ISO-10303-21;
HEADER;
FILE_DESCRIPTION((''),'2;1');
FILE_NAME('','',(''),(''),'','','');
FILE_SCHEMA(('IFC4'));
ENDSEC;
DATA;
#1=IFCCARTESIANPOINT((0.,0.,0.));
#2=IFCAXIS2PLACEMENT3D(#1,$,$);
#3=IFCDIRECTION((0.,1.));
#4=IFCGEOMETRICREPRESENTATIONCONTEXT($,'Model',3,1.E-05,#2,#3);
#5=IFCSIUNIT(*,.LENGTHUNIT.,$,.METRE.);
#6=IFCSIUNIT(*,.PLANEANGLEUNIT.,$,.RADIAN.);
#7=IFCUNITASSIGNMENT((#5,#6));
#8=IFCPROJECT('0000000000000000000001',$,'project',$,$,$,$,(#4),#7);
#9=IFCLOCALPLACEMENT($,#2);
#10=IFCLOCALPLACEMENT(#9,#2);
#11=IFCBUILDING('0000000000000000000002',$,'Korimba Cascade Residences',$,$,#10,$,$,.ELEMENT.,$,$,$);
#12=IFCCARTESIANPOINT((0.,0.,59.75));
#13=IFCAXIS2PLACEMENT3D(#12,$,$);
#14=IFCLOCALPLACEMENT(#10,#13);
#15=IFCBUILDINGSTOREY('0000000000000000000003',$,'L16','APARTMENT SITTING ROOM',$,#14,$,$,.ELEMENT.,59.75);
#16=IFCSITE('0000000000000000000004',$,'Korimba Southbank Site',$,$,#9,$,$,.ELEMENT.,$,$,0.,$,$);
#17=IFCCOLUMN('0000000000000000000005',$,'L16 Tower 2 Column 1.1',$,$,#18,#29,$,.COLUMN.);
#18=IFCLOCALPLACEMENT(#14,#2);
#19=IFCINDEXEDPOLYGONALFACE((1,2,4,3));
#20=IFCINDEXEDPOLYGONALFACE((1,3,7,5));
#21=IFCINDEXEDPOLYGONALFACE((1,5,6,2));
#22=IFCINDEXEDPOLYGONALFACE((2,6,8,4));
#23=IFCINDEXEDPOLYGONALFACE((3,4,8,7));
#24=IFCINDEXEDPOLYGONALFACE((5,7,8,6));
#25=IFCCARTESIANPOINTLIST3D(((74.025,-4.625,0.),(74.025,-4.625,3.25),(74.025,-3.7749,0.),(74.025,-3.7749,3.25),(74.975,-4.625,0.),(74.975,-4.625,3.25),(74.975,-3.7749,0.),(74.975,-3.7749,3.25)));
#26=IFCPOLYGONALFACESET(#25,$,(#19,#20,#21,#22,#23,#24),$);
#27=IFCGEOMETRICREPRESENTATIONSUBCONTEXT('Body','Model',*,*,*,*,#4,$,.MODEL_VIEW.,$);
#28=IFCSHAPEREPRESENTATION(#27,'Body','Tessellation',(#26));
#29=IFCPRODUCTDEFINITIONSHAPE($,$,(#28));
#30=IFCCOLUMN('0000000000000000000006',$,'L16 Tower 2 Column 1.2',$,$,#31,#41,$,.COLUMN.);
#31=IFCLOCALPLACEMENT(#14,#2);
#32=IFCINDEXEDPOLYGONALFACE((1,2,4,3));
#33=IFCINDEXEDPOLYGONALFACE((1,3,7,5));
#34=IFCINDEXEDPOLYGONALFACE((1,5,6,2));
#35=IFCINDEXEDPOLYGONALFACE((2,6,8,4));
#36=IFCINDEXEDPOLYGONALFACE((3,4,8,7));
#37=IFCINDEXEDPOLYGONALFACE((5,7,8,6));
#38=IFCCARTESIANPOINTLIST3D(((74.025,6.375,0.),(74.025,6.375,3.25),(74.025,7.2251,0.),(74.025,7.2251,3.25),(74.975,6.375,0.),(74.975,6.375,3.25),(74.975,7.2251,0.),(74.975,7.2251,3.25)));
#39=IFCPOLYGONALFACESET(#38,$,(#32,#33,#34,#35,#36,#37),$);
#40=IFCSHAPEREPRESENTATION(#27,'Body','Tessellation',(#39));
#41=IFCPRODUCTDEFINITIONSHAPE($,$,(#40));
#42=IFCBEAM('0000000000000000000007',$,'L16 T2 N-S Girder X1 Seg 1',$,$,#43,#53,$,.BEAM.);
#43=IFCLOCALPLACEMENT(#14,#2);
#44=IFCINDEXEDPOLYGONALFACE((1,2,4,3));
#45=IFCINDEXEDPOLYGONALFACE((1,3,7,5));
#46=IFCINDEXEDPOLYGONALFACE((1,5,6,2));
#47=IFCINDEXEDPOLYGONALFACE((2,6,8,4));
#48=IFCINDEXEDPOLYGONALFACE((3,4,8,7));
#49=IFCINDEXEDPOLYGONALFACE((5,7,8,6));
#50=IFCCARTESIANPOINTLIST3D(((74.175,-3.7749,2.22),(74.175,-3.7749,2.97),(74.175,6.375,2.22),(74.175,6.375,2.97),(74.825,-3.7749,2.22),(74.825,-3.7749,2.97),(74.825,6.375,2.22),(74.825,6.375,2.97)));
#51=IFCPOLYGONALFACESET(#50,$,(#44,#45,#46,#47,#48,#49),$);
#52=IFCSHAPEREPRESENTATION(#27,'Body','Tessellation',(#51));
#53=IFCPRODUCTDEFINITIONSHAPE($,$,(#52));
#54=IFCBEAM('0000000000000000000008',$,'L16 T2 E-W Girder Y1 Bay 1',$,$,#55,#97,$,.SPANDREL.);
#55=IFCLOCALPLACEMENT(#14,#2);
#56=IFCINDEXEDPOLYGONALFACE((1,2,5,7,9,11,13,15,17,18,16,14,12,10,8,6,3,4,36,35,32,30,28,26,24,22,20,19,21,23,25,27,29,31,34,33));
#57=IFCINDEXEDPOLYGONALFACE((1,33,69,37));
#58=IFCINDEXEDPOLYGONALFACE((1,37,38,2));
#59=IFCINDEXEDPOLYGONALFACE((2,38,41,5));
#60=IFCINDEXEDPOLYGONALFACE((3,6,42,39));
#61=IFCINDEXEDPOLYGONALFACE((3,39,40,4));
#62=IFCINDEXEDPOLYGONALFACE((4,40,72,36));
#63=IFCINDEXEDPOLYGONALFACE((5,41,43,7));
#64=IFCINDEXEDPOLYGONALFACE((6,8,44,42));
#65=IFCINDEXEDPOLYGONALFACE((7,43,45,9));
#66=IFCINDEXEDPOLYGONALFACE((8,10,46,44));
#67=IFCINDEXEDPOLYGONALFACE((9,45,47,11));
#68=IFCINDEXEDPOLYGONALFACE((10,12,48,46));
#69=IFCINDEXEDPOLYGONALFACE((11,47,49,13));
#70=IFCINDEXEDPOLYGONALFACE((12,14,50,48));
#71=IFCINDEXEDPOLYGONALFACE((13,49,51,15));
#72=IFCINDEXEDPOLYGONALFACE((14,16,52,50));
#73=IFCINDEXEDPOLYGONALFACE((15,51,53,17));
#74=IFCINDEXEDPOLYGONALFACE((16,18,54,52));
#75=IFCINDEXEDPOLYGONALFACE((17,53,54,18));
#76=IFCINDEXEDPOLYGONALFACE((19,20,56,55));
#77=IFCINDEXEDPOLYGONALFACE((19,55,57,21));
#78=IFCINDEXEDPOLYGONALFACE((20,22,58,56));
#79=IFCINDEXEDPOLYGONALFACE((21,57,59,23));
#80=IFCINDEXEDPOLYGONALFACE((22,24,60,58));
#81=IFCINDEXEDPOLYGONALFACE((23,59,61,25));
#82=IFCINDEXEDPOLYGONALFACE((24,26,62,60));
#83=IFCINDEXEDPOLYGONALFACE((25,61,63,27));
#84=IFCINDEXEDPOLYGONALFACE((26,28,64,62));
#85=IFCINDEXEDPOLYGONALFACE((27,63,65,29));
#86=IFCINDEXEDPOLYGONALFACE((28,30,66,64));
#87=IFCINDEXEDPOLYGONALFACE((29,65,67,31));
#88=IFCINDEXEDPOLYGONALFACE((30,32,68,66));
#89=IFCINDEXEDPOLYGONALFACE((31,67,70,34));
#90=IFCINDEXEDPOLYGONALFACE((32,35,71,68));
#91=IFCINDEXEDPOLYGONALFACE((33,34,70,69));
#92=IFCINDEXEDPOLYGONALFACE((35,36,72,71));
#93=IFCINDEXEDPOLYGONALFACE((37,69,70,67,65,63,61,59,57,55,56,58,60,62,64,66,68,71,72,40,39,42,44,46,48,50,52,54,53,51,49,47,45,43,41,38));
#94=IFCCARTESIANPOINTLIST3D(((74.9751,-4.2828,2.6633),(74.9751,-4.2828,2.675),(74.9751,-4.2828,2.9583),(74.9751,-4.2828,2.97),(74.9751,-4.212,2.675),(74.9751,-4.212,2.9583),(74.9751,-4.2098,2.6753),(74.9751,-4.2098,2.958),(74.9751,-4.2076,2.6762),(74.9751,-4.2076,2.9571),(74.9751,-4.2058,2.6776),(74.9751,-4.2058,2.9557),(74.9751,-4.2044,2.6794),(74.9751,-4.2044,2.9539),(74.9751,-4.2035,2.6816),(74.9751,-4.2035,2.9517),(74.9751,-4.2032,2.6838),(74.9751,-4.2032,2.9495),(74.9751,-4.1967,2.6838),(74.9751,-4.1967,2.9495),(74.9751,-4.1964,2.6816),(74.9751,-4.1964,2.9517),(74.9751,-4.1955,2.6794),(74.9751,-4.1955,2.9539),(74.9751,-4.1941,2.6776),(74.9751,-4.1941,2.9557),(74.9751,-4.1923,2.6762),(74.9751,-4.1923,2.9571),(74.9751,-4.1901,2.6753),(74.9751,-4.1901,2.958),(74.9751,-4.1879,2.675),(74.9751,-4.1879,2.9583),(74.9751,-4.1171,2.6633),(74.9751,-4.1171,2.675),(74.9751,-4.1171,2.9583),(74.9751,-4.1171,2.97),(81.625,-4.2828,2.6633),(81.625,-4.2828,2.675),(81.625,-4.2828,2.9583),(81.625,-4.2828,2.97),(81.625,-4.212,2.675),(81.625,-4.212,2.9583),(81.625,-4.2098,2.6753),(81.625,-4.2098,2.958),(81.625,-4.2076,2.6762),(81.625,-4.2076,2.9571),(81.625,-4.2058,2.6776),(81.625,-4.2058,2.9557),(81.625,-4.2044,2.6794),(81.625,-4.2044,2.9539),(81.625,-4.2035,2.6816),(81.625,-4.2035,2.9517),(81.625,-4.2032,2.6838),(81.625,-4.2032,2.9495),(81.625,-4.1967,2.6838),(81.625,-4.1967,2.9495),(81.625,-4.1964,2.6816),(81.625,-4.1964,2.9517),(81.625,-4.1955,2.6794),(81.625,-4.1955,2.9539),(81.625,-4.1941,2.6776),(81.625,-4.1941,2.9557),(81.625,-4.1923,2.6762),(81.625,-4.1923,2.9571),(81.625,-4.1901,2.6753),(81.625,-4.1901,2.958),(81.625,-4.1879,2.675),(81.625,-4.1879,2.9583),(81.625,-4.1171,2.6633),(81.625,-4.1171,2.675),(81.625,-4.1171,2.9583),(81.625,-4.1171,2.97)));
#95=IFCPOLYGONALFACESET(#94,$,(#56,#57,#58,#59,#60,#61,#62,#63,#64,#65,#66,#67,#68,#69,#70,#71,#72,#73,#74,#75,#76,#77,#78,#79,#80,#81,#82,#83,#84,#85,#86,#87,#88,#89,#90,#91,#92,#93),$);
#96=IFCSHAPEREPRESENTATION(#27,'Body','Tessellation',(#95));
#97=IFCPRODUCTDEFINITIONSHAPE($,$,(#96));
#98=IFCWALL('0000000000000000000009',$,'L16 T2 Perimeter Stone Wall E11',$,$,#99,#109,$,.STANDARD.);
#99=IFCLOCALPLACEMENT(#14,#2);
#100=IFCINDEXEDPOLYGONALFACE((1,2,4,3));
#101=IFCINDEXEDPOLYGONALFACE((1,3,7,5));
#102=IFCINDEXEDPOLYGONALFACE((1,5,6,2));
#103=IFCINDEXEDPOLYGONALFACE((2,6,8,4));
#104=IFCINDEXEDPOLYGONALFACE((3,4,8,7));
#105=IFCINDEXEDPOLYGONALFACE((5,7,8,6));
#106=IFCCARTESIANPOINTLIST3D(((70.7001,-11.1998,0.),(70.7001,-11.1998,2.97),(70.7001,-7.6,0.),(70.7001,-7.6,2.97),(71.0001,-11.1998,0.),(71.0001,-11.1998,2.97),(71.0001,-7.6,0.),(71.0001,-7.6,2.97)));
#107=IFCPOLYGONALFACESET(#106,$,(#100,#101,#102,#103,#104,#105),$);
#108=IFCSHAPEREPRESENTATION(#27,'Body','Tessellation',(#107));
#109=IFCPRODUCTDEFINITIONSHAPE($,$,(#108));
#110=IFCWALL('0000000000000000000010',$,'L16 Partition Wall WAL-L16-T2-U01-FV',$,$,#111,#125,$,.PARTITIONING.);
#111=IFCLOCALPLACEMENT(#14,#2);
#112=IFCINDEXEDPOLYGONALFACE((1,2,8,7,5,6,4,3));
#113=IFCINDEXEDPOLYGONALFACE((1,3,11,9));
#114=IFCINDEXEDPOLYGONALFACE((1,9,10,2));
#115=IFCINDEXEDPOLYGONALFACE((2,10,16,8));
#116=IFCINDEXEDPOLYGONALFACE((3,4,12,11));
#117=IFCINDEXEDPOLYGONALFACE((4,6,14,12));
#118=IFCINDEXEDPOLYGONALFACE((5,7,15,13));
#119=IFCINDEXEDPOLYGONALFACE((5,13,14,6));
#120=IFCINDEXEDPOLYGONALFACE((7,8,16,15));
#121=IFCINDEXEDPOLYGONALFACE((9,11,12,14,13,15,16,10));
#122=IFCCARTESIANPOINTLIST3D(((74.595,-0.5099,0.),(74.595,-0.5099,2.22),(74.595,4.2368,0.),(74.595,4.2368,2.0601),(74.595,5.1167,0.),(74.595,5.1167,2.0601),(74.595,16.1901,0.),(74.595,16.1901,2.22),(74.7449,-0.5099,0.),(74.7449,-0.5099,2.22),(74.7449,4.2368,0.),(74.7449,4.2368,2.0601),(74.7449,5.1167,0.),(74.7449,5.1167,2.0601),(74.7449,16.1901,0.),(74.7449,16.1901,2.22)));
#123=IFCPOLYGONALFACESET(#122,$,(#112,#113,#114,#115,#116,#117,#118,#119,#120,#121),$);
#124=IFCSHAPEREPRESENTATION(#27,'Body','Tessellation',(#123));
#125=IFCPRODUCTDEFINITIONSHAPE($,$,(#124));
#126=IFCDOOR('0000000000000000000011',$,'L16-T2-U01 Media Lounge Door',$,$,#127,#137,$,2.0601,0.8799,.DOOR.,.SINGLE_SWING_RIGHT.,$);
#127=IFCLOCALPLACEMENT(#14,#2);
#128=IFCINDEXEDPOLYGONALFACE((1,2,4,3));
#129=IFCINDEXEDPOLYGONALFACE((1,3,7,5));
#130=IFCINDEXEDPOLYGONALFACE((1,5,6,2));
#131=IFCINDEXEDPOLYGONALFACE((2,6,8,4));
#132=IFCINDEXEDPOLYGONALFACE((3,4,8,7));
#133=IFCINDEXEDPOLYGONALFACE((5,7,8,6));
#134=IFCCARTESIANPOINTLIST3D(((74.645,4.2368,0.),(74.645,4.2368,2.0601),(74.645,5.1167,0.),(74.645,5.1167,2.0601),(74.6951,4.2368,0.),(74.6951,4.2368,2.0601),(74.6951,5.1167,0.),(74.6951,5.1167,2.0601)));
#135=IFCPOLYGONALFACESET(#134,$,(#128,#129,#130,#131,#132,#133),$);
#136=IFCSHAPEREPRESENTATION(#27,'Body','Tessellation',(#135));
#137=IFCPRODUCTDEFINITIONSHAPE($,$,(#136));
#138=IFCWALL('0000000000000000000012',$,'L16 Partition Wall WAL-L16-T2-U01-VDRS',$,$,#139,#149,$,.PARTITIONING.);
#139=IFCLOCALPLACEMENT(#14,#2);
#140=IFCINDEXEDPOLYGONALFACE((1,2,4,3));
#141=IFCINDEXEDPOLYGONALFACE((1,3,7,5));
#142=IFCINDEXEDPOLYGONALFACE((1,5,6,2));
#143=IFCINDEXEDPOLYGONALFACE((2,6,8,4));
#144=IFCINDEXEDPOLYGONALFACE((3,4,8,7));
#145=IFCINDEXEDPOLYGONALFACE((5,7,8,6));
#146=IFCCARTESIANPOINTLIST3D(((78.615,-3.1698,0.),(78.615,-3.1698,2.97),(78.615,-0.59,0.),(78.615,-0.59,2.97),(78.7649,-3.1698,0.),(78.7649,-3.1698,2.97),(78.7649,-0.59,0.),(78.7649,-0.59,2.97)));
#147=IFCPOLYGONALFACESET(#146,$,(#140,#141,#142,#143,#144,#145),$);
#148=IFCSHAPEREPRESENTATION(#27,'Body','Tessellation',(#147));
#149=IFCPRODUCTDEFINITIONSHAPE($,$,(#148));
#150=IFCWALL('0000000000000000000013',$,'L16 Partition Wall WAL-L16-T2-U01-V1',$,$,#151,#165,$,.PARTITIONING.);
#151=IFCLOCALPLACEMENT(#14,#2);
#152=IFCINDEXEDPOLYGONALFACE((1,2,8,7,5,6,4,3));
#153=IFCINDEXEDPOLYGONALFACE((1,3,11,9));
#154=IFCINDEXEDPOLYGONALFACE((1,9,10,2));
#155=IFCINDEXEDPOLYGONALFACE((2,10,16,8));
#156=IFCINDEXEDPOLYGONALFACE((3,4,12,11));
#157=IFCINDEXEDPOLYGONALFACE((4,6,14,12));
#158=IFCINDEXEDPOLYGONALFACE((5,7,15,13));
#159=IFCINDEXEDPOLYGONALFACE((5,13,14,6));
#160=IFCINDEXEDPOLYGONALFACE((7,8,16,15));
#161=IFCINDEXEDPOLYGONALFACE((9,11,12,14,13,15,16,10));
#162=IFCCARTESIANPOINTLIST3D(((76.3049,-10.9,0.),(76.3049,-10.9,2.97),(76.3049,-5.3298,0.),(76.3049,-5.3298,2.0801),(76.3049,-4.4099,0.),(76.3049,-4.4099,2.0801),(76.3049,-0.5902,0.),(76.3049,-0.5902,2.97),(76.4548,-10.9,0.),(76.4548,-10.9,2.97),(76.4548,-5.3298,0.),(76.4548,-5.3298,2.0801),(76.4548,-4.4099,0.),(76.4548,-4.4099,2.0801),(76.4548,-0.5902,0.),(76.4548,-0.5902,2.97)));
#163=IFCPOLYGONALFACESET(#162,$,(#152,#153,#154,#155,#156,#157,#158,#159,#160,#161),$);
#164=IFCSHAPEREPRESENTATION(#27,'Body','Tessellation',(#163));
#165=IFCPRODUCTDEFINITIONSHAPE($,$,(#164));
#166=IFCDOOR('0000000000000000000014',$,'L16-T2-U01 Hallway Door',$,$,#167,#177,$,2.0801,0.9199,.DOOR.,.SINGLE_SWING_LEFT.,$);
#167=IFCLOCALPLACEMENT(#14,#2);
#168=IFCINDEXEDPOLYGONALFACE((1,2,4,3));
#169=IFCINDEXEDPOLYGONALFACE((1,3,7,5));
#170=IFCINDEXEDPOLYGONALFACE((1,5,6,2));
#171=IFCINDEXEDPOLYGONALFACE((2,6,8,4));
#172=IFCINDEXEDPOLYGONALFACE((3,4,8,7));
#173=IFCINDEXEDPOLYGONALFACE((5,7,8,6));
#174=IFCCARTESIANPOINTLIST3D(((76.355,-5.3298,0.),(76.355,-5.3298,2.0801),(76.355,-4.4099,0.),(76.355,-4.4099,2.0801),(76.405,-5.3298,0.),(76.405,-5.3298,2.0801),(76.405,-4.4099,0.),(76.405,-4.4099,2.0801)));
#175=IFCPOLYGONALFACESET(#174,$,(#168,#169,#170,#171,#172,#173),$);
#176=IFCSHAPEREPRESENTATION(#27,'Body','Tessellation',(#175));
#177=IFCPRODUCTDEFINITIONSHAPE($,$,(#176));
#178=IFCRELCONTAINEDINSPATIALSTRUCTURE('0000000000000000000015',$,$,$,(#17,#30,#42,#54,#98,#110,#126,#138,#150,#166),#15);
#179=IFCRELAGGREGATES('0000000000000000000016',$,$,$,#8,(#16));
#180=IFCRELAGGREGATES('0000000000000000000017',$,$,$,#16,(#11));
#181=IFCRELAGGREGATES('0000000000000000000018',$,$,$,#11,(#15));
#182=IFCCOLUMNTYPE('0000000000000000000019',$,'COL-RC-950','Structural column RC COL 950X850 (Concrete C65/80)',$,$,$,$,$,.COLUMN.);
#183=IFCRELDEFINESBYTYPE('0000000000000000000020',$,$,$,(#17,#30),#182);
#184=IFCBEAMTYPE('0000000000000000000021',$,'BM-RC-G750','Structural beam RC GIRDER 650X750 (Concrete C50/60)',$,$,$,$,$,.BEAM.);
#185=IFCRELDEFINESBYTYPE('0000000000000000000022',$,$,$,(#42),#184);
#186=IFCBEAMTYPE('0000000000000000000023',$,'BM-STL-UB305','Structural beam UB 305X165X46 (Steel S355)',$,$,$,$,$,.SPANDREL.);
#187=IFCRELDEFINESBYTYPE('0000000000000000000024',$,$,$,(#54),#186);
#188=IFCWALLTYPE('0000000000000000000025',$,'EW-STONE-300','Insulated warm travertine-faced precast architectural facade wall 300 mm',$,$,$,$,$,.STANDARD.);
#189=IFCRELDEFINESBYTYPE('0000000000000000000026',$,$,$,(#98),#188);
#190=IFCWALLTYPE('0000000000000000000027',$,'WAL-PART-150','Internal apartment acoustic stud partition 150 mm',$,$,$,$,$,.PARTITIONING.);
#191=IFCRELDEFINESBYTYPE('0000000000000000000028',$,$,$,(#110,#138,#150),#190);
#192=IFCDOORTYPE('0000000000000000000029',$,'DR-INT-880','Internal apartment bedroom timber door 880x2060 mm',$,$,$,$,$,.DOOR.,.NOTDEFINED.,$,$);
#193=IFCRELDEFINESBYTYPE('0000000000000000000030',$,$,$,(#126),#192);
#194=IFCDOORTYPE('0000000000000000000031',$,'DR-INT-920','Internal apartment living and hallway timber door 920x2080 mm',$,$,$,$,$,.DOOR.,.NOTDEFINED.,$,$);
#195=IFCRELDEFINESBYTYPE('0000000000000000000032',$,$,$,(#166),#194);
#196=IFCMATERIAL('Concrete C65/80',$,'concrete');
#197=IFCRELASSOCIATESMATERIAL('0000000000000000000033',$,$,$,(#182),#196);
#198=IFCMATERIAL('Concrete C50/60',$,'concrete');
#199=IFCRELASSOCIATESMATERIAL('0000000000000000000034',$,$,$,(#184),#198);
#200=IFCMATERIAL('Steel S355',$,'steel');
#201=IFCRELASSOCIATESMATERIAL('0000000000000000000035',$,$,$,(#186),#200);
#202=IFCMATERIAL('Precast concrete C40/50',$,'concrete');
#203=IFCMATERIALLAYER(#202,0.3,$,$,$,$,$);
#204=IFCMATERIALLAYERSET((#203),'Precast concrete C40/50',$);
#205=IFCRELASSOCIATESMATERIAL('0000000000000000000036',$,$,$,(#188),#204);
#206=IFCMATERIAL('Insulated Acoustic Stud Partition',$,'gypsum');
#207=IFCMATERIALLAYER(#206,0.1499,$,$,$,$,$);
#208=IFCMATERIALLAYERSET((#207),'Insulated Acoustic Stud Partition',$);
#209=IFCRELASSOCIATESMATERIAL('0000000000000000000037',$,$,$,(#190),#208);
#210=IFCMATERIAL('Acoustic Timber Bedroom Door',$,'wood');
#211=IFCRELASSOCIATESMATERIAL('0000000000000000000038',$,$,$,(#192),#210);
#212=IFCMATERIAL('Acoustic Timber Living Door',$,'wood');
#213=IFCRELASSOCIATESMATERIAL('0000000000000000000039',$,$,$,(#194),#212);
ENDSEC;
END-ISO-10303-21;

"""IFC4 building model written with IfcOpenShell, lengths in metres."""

from ifc_helpers import new_model, si_unit, direction, frame, frame_2d, origin, origin_2d, place, context, subcontext, project, spatial, rectangle, i_section, extrude, material, layer, layer_set, material_profile, profile_set, type_object, element, fill, save


model = new_model("IFC4")

# Units and contexts
model_context = context("Model", 3, precision=1e-05, world=origin(), true_north=direction((0.0, 1.0)))
body_context = subcontext(model_context, "Body", "Model", "MODEL_VIEW")
ifc_project = project(units=[si_unit("LENGTHUNIT", "METRE"), si_unit("PLANEANGLEUNIT", "RADIAN")], contexts=[model_context])

# Site, building, storey
site_placement = place(None, origin())
site = spatial("IfcSite", under=ifc_project, at=site_placement, Name="Korimba Southbank Site", CompositionType="ELEMENT", RefElevation=0.0)
building_placement = place(site_placement, origin())
building = spatial("IfcBuilding", under=site, at=building_placement, Name="Korimba Cascade Residences", CompositionType="ELEMENT")
storey_placement = place(building_placement, frame((0.0, 0.0, 59.75)))
storey = spatial("IfcBuildingStorey", under=building, at=storey_placement, Name="L16", Description="APARTMENT SITTING ROOM", CompositionType="ELEMENT", Elevation=59.75)

# Columns
ifc_material_1 = material(Name="Concrete C65/80", Category="concrete")
ifc_material_profile_1 = material_profile(ifc_material_1, rectangle(XDim=0.95, YDim=0.8501, at=origin_2d()), Name="Concrete C65/80")
ifc_profile_set_1 = profile_set([ifc_material_profile_1], Name="Concrete C65/80")
column_type = type_object("IfcColumnType", Name="COL-RC-950", Description="Structural column RC COL 950X850 (Concrete C65/80)", PredefinedType="COLUMN", material=ifc_profile_set_1)
for number, where, z_axis, x_axis, name in (
    (1, (74.5, -4.2, 0.0), (0.0, 0.0, 1.0), (1.0, 0.0, 0.0), "L16 Tower 2 Column 1.1"),
    (2, (74.5, 6.8, 0.0), (0.0, 0.0, 1.0), (1.0, 0.0, 0.0), "L16 Tower 2 Column 1.2"),
):
    element("IfcColumn", number, at=place(storey_placement, frame(where, z_axis=z_axis, x_axis=x_axis)), inside=storey, type_object=column_type, Name=name, PredefinedType="COLUMN", context=body_context, shape_type="SweptSolid", body=[
        extrude(rectangle(XDim=0.95, YDim=0.8501, at=origin_2d()), origin(), (0.0, 0.0, 1.0), 3.25),
    ])

# Beams
ifc_material_2 = material(Name="Concrete C50/60", Category="concrete")
ifc_material_profile_2 = material_profile(ifc_material_2, rectangle(XDim=0.6499, YDim=0.75, at=origin_2d()), Name="Concrete C50/60")
ifc_profile_set_2 = profile_set([ifc_material_profile_2], Name="Concrete C50/60")
beam_type_1 = type_object("IfcBeamType", Name="BM-RC-G750", Description="Structural beam RC GIRDER 650X750 (Concrete C50/60)", PredefinedType="BEAM", material=ifc_profile_set_2)
beam_1_placement = place(storey_placement, frame((74.5, -3.7749, 2.595), z_axis=(0.0, 1.0, 0.0), x_axis=(-1.0, 0.0, 0.0)))
element("IfcBeam", 3, at=beam_1_placement, inside=storey, type_object=beam_type_1, Name="L16 T2 N-S Girder X1 Seg 1", PredefinedType="BEAM", context=body_context, shape_type="SweptSolid", body=[
    extrude(rectangle(XDim=0.6499, YDim=0.75, at=origin_2d()), origin(), (0.0, 0.0, 1.0), 10.1499),
])
ifc_material_3 = material(Name="Steel S355", Category="steel")
ifc_material_profile_3 = material_profile(ifc_material_3, i_section(OverallWidth=0.1658, OverallDepth=0.3066, WebThickness=0.0066, FlangeThickness=0.0117, FilletRadius=0.0088, at=origin_2d()), Name="Steel S355")
ifc_profile_set_3 = profile_set([ifc_material_profile_3], Name="Steel S355")
beam_type_2 = type_object("IfcBeamType", Name="BM-STL-UB305", Description="Structural beam UB 305X165X46 (Steel S355)", PredefinedType="SPANDREL", material=ifc_profile_set_3)
beam_2_placement = place(storey_placement, frame((74.9751, -4.2, 2.8167), z_axis=(1.0, 0.0, 0.0), x_axis=(0.0, 1.0, 0.0)))
element("IfcBeam", 4, at=beam_2_placement, inside=storey, type_object=beam_type_2, Name="L16 T2 E-W Girder Y1 Bay 1", PredefinedType="SPANDREL", context=body_context, shape_type="SweptSolid", body=[
    extrude(i_section(OverallWidth=0.1658, OverallDepth=0.3066, WebThickness=0.0066, FlangeThickness=0.0117, FilletRadius=0.0088, at=origin_2d()), origin(), (0.0, 0.0, 1.0), 6.6499),
])

# Wall
ifc_material_4 = material(Name="Precast concrete C40/50", Category="concrete")
ifc_layer_1 = layer(ifc_material_4, 0.3)
ifc_layer_set_1 = layer_set([ifc_layer_1], Name="Precast concrete C40/50")
wall_type_1 = type_object("IfcWallType", Name="EW-STONE-300", Description="Insulated warm travertine-faced precast architectural facade wall 300 mm", PredefinedType="STANDARD", material=ifc_layer_set_1)
wall_1_placement = place(storey_placement, frame((70.8501, -7.6001, 0.0), z_axis=(0.0, 0.0, 1.0), x_axis=(0.0, -1.0, 0.0)))
element("IfcWall", 5, at=wall_1_placement, inside=storey, type_object=wall_type_1, Name="L16 T2 Perimeter Stone Wall E11", PredefinedType="STANDARD", context=body_context, shape_type="SweptSolid", body=[
    extrude(rectangle(XDim=3.5999, YDim=0.3, at=frame_2d((1.7998, 0.0))), origin(), (0.0, 0.0, 1.0), 2.97),
])

# Wall, opening, door
ifc_material_5 = material(Name="Insulated Acoustic Stud Partition", Category="gypsum")
ifc_layer_2 = layer(ifc_material_5, 0.1499)
ifc_layer_set_2 = layer_set([ifc_layer_2], Name="Insulated Acoustic Stud Partition")
wall_type_2 = type_object("IfcWallType", Name="WAL-PART-150", Description="Internal apartment acoustic stud partition 150 mm", PredefinedType="PARTITIONING", material=ifc_layer_set_2)
wall_2_placement = place(storey_placement, frame((74.6699, -0.51, 0.0), z_axis=(0.0, 0.0, 1.0), x_axis=(0.0, 1.0, 0.0)))
wall_2 = element("IfcWall", 6, at=wall_2_placement, inside=storey, type_object=wall_type_2, Name="L16 Partition Wall WAL-L16-T2-U01-FV", PredefinedType="PARTITIONING", context=body_context, shape_type="SweptSolid", body=[
    extrude(rectangle(XDim=16.7, YDim=0.1499, at=frame_2d((8.3501, 0.0))), origin(), (0.0, 0.0, 1.0), 2.22),
])
opening_1_placement = place(wall_2_placement, frame((4.7468, 0.0, 0.0)))
opening_1 = element("IfcOpeningElement", 7, at=opening_1_placement, cuts=wall_2, PredefinedType="OPENING", context=body_context, shape_type="SweptSolid", body=[
    extrude(rectangle(XDim=0.8799, YDim=2.0601, at=frame_2d((0.4399, 1.03))), frame((0.0, 0.085, 0.0), z_axis=(0.0, -1.0, 0.0), x_axis=(1.0, 0.0, 0.0)), (0.0, 0.0, 1.0), 0.1699),
])
ifc_material_6 = material(Name="Acoustic Timber Bedroom Door", Category="wood")
door_type_1 = type_object("IfcDoorType", Name="DR-INT-880", Description="Internal apartment bedroom timber door 880x2060 mm", OperationType="NOTDEFINED", PredefinedType="DOOR", material=ifc_material_6)
door_1_placement = place(opening_1_placement, origin())
door_1 = element("IfcDoor", 8, at=door_1_placement, inside=storey, type_object=door_type_1, Name="L16-T2-U01 Media Lounge Door", OperationType="SINGLE_SWING_RIGHT", OverallHeight=2.0601, OverallWidth=0.8799, PredefinedType="DOOR", context=body_context, shape_type="SweptSolid", body=[
    extrude(rectangle(XDim=0.8799, YDim=2.0601, at=frame_2d((0.4399, 1.03))), frame((0.0, 0.0249, 0.0), z_axis=(0.0, -1.0, 0.0), x_axis=(1.0, 0.0, 0.0)), (0.0, 0.0, 1.0), 0.05),
])
fill(opening_1, door_1)

# Wall
wall_3_placement = place(storey_placement, frame((78.6899, -3.1699, 0.0), z_axis=(0.0, 0.0, 1.0), x_axis=(0.0, 1.0, 0.0)))
element("IfcWall", 9, at=wall_3_placement, inside=storey, type_object=wall_type_2, Name="L16 Partition Wall WAL-L16-T2-U01-VDRS", PredefinedType="PARTITIONING", context=body_context, shape_type="SweptSolid", body=[
    extrude(rectangle(XDim=2.5798, YDim=0.1499, at=frame_2d((1.29, 0.0))), origin(), (0.0, 0.0, 1.0), 2.97),
])

# Wall, opening, door
wall_4_placement = place(storey_placement, frame((76.3799, -10.8999, 0.0), z_axis=(0.0, 0.0, 1.0), x_axis=(0.0, 1.0, 0.0)))
wall_4 = element("IfcWall", 10, at=wall_4_placement, inside=storey, type_object=wall_type_2, Name="L16 Partition Wall WAL-L16-T2-U01-V1", PredefinedType="PARTITIONING", context=body_context, shape_type="SweptSolid", body=[
    extrude(rectangle(XDim=10.3098, YDim=0.1499, at=frame_2d((5.1548, 0.0))), origin(), (0.0, 0.0, 1.0), 2.97),
])
opening_2_placement = place(wall_4_placement, frame((5.5701, 0.0, 0.0)))
opening_2 = element("IfcOpeningElement", 11, at=opening_2_placement, cuts=wall_4, PredefinedType="OPENING", context=body_context, shape_type="SweptSolid", body=[
    extrude(rectangle(XDim=0.9199, YDim=2.0801, at=frame_2d((0.46, 1.04))), frame((0.0, 0.085, 0.0), z_axis=(0.0, -1.0, 0.0), x_axis=(1.0, 0.0, 0.0)), (0.0, 0.0, 1.0), 0.1699),
])
ifc_material_7 = material(Name="Acoustic Timber Living Door", Category="wood")
door_type_2 = type_object("IfcDoorType", Name="DR-INT-920", Description="Internal apartment living and hallway timber door 920x2080 mm", OperationType="NOTDEFINED", PredefinedType="DOOR", material=ifc_material_7)
door_2_placement = place(opening_2_placement, origin())
door_2 = element("IfcDoor", 12, at=door_2_placement, inside=storey, type_object=door_type_2, Name="L16-T2-U01 Hallway Door", OperationType="SINGLE_SWING_LEFT", OverallHeight=2.0801, OverallWidth=0.9199, PredefinedType="DOOR", context=body_context, shape_type="SweptSolid", body=[
    extrude(rectangle(XDim=0.9199, YDim=2.0801, at=frame_2d((0.46, 1.04))), frame((0.0, 0.0249, 0.0), z_axis=(0.0, -1.0, 0.0), x_axis=(1.0, 0.0, 0.0)), (0.0, 0.0, 1.0), 0.05),
])
fill(opening_2, door_2)

save(model, "model.ifc")
